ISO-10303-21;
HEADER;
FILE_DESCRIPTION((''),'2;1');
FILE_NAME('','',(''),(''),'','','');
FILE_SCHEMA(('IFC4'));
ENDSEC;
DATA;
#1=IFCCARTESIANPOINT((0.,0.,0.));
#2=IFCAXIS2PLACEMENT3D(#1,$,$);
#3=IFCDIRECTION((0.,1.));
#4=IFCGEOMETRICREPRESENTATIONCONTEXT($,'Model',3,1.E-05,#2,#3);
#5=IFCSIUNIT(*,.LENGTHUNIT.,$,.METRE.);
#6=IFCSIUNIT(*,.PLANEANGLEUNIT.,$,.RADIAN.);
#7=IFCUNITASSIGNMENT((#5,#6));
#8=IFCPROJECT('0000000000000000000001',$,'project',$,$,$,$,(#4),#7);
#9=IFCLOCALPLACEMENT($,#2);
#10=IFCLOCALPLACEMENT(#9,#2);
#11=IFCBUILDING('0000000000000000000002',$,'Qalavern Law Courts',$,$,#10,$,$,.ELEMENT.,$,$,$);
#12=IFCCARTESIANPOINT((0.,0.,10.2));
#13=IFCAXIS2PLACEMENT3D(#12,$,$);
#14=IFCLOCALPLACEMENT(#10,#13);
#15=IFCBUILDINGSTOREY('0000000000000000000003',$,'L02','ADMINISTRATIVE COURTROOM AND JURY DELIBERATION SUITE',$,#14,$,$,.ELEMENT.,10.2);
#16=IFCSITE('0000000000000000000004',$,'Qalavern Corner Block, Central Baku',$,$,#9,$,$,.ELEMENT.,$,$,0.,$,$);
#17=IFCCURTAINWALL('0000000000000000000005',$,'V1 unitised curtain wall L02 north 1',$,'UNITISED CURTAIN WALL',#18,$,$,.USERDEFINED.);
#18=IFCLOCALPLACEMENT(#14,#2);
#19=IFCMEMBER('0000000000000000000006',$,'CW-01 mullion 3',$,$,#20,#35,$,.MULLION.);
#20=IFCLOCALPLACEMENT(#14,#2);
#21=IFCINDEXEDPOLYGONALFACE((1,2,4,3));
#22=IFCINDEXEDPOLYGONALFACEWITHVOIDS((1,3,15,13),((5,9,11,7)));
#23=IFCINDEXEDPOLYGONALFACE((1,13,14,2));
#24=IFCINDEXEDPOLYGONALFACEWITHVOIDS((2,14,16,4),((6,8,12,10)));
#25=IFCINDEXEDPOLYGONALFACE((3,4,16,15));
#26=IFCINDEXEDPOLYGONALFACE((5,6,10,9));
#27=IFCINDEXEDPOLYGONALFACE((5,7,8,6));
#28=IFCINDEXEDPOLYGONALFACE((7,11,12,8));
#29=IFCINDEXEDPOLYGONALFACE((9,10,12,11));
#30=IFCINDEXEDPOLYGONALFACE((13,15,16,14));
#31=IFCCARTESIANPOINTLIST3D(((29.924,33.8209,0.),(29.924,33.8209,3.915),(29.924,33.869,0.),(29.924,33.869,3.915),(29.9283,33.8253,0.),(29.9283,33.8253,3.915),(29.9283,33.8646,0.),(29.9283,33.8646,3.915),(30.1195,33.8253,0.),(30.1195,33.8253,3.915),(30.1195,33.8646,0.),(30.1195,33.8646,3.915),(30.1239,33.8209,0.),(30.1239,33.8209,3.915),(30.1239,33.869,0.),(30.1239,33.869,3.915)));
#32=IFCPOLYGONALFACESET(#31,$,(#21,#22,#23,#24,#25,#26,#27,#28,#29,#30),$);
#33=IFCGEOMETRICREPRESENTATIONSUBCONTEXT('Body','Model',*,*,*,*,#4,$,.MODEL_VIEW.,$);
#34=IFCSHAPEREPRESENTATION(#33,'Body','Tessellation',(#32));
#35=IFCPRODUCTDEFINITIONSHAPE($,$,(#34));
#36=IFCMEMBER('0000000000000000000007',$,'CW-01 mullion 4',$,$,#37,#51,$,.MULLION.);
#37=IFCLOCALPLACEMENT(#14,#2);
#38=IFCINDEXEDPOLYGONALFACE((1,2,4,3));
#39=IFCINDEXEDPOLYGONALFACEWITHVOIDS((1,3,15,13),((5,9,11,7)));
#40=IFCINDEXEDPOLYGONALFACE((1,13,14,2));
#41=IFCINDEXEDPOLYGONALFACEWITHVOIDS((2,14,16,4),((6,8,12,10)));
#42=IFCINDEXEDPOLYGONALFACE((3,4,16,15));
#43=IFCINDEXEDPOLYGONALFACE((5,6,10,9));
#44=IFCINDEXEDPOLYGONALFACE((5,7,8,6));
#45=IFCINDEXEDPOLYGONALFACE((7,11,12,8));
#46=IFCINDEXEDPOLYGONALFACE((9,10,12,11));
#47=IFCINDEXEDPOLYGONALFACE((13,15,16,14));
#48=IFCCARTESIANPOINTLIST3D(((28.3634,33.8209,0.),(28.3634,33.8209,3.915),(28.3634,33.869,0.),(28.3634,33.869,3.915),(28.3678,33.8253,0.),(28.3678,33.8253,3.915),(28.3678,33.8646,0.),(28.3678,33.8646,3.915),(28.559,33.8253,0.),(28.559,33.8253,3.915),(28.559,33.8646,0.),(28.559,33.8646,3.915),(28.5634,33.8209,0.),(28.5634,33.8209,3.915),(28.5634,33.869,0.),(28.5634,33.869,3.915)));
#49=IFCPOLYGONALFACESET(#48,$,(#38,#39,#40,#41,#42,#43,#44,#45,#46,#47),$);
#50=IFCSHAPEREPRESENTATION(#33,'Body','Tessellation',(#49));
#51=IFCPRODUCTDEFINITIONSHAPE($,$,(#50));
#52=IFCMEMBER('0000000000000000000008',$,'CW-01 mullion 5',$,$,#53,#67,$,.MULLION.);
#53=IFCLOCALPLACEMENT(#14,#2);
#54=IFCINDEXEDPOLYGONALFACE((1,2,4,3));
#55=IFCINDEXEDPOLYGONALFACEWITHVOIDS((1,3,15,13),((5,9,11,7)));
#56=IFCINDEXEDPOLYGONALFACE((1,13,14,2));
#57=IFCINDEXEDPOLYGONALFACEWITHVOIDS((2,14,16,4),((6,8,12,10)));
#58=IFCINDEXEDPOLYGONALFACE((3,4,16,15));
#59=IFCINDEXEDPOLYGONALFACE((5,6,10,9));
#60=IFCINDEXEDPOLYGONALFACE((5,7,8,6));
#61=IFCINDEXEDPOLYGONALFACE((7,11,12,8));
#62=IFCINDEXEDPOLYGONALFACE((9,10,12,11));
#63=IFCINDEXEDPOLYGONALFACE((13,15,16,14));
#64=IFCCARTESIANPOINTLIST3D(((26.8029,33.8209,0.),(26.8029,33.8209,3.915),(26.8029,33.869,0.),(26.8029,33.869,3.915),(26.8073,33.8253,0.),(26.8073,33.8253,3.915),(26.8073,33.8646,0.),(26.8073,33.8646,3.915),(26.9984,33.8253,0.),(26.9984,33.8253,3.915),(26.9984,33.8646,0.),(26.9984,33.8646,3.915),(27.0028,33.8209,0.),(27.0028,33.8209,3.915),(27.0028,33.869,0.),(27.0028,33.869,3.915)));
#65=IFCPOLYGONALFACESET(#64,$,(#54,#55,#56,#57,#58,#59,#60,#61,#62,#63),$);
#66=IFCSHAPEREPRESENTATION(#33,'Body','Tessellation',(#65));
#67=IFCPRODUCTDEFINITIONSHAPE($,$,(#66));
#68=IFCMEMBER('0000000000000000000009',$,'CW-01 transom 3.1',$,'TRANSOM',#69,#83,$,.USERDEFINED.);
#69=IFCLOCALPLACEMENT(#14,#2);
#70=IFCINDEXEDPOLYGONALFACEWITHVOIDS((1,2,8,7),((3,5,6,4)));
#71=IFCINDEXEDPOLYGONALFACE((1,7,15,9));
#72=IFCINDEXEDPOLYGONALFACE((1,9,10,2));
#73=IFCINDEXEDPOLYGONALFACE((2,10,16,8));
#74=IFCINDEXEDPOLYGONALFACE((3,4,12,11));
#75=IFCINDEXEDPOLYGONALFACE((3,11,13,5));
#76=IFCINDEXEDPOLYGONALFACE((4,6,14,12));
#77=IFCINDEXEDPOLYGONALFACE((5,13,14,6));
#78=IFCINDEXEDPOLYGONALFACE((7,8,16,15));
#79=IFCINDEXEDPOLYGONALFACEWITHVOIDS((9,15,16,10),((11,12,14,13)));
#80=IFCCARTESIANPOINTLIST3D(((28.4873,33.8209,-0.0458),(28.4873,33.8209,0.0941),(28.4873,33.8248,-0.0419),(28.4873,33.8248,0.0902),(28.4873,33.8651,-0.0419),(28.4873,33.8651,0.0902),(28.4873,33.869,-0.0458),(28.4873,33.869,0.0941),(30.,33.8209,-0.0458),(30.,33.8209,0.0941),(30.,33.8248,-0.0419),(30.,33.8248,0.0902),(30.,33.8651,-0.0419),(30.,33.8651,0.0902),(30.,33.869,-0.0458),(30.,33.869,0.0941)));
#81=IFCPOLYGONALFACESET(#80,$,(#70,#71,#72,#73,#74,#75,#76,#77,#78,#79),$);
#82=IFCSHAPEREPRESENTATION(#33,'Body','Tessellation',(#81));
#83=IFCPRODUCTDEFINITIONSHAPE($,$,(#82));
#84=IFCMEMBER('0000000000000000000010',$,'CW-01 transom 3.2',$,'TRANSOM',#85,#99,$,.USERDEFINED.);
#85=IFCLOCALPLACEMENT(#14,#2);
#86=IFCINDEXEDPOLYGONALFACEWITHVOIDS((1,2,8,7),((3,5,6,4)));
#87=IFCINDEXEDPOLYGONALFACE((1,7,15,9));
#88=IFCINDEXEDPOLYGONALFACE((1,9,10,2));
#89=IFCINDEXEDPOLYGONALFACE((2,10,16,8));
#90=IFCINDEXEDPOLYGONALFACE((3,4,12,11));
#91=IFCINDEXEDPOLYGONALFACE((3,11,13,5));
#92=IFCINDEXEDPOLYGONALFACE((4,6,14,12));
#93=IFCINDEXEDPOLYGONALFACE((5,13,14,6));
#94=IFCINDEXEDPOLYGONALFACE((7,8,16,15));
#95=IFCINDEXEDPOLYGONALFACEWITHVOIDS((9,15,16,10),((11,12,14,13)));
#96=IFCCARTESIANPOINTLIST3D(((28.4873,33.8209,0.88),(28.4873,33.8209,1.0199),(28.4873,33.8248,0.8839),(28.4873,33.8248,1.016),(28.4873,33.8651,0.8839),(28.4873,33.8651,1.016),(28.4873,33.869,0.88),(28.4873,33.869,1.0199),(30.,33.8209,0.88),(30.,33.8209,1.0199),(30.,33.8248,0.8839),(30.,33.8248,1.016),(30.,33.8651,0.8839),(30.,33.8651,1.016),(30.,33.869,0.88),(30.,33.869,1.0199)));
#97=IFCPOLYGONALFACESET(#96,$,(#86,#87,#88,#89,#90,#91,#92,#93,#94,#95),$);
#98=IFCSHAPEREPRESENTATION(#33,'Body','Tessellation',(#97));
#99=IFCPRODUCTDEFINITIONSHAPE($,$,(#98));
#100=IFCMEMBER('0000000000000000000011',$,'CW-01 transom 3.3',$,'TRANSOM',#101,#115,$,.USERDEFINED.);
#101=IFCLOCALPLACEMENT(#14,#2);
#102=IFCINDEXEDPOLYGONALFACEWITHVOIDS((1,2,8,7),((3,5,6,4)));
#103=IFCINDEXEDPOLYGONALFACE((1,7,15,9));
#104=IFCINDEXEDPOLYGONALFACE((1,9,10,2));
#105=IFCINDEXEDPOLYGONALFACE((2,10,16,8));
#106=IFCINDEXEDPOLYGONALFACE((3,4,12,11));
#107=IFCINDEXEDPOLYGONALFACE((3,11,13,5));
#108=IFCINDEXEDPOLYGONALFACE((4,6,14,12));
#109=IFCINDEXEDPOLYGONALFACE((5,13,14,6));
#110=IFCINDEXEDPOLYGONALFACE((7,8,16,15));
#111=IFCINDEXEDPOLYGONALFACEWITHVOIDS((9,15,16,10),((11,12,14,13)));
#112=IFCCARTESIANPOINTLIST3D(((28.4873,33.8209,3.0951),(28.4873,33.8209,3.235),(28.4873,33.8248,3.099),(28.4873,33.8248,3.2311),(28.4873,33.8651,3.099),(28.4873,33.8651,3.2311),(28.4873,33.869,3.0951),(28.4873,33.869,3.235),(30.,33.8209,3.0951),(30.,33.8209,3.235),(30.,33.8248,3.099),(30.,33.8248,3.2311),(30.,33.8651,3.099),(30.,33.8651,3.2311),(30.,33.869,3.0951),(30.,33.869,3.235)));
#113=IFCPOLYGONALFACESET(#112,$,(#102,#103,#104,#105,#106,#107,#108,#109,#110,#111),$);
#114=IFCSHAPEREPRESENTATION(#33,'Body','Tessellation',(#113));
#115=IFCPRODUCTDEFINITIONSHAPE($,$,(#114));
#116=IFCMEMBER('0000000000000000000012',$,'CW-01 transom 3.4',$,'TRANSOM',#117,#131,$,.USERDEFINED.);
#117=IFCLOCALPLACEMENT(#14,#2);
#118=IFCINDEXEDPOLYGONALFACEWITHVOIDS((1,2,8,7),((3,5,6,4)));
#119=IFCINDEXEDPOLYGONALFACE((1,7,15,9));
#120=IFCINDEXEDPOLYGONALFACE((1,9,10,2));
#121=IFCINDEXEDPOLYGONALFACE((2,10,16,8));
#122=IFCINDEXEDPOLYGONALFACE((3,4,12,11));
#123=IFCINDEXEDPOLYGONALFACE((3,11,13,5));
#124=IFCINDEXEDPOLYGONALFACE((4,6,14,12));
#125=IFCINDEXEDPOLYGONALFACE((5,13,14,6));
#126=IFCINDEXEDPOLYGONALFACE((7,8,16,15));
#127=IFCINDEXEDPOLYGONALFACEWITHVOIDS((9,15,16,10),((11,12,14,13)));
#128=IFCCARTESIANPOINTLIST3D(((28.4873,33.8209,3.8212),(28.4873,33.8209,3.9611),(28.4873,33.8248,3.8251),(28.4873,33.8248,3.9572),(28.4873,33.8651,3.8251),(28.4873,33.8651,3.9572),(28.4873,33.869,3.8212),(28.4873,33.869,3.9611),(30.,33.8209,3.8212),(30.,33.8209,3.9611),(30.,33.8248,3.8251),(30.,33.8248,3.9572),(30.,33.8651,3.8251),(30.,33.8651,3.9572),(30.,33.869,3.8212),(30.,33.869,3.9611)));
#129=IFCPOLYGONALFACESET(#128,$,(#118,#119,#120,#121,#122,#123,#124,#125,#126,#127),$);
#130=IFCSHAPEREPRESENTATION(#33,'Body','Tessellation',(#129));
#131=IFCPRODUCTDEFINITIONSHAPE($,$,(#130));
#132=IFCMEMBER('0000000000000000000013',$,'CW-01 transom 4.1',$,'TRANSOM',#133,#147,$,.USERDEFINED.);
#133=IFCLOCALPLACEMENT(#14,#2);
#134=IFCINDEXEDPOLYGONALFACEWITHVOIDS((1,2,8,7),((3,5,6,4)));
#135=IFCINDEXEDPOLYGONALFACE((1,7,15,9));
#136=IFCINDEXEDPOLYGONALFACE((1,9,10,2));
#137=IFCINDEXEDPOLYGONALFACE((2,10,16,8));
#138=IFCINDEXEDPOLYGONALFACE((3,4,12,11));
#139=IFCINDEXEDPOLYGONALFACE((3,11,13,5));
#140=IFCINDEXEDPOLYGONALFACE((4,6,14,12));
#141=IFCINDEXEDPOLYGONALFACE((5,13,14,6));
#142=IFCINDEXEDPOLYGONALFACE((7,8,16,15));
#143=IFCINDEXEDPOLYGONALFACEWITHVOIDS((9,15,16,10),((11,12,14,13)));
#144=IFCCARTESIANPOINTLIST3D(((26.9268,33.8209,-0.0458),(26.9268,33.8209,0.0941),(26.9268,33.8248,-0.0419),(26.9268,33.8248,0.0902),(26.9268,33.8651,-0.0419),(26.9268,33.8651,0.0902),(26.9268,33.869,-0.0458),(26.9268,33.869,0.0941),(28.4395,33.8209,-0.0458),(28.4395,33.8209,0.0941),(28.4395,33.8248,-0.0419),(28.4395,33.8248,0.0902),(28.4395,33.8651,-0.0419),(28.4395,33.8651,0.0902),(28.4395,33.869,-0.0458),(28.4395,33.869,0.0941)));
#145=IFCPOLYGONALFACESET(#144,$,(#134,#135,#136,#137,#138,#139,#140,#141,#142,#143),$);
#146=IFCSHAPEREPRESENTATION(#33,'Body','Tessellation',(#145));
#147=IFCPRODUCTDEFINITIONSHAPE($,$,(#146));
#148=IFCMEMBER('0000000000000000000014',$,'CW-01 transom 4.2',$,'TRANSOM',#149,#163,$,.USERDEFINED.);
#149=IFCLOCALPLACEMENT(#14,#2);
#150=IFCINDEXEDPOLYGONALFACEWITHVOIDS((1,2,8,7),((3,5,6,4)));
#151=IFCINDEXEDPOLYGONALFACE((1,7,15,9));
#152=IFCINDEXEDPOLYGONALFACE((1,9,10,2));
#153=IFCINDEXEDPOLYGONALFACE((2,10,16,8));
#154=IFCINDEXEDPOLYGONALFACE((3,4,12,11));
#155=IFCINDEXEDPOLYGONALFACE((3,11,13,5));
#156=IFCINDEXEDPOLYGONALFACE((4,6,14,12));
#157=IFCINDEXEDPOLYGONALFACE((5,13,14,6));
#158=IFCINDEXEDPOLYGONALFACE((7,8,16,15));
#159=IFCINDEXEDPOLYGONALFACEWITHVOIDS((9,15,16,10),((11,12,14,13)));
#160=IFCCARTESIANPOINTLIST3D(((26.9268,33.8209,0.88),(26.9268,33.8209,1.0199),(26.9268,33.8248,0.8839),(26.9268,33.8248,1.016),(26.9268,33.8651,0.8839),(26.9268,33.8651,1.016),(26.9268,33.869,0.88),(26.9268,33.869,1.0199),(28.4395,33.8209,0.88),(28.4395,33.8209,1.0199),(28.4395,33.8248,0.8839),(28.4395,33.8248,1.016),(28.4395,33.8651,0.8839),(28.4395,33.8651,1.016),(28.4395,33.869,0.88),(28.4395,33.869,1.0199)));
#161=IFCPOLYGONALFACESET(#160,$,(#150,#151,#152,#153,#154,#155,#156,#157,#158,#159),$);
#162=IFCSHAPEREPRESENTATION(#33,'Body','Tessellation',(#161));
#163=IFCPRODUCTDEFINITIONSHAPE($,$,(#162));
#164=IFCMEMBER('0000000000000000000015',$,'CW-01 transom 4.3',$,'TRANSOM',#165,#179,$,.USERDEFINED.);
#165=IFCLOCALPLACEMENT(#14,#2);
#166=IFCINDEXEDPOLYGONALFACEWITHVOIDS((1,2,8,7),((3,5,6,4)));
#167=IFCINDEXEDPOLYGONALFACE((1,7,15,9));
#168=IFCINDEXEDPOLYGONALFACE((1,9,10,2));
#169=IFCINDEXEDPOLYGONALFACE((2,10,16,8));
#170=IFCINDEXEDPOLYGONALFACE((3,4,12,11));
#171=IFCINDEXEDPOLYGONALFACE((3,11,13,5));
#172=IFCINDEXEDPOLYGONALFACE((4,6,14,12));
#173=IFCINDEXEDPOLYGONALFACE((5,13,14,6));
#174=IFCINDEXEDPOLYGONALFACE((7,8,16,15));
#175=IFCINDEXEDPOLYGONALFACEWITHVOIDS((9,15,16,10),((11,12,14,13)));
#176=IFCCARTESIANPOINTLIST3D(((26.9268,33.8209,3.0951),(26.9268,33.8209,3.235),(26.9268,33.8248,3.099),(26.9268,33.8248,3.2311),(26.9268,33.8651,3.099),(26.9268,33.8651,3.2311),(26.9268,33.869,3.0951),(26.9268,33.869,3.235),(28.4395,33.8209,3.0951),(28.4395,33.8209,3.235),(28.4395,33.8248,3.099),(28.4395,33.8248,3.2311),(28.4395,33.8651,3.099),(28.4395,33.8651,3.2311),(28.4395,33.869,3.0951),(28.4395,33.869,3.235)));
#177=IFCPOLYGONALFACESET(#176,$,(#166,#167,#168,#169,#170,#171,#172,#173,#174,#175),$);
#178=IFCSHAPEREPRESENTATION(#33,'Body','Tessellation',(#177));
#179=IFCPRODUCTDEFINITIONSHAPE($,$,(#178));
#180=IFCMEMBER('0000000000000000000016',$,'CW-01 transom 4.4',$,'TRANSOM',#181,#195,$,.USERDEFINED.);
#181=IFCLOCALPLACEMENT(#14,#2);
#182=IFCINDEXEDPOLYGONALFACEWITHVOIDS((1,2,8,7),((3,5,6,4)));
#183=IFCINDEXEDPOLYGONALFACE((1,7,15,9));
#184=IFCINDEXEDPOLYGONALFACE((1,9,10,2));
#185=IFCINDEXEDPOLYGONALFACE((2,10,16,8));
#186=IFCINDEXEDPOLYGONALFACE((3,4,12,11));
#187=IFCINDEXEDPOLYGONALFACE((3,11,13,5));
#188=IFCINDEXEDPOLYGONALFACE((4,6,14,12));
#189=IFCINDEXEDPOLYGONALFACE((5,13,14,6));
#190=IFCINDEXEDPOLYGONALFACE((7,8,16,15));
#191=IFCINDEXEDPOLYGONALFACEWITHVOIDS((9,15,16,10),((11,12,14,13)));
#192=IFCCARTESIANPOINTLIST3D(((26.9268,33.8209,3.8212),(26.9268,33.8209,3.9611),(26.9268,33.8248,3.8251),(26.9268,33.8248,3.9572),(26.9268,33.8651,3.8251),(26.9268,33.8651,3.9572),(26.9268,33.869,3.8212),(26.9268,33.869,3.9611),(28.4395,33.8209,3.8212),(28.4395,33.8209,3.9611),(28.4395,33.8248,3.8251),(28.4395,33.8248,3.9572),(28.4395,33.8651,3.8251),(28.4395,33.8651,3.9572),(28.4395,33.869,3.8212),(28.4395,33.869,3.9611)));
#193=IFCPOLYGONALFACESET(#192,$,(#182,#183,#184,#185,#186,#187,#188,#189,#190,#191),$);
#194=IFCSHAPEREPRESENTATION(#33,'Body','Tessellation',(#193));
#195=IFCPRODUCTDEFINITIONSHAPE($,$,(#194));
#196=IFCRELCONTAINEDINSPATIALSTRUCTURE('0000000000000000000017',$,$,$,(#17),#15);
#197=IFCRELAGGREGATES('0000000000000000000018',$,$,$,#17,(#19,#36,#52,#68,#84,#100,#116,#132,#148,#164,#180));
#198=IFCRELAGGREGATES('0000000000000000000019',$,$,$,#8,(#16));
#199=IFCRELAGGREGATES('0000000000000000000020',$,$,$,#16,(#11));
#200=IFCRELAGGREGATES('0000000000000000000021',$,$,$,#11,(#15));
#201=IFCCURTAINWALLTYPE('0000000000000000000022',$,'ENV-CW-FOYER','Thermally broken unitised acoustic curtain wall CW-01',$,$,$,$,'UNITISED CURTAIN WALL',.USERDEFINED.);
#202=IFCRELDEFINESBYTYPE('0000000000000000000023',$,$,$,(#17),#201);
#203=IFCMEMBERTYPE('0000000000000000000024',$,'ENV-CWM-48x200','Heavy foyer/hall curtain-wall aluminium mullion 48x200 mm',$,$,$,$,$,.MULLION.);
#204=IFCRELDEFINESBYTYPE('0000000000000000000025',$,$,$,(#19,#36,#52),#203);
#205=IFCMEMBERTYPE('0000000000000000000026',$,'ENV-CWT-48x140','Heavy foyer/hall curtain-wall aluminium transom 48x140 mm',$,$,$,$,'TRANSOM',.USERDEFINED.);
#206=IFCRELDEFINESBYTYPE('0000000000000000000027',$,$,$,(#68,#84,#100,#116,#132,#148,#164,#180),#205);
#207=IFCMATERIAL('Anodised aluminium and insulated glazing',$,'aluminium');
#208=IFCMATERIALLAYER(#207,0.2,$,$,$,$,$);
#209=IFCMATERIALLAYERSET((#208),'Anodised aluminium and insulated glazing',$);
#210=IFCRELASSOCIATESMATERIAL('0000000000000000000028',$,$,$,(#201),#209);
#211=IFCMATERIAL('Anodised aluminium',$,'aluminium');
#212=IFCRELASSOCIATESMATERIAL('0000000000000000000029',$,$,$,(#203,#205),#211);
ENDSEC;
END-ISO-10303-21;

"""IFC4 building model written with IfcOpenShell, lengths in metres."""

from ifc_helpers import new_model, si_unit, direction, frame, origin, origin_2d, place, context, subcontext, project, spatial, hollow_rectangle, extrude, material, layer, layer_set, material_profile, profile_set, type_object, element, aggregate, save


model = new_model("IFC4")

# Units and contexts
model_context = context("Model", 3, precision=1e-05, world=origin(), true_north=direction((0.0, 1.0)))
body_context = subcontext(model_context, "Body", "Model", "MODEL_VIEW")
ifc_project = project(units=[si_unit("LENGTHUNIT", "METRE"), si_unit("PLANEANGLEUNIT", "RADIAN")], contexts=[model_context])

# Site, building, storey
site_placement = place(None, origin())
site = spatial("IfcSite", under=ifc_project, at=site_placement, Name="Qalavern Corner Block, Central Baku", CompositionType="ELEMENT", RefElevation=0.0)
building_placement = place(site_placement, origin())
building = spatial("IfcBuilding", under=site, at=building_placement, Name="Qalavern Law Courts", CompositionType="ELEMENT")
storey_placement = place(building_placement, frame((0.0, 0.0, 10.2)))
storey = spatial("IfcBuildingStorey", under=building, at=storey_placement, Name="L02", Description="ADMINISTRATIVE COURTROOM AND JURY DELIBERATION SUITE", CompositionType="ELEMENT", Elevation=10.2)

# Curtain wall, members
ifc_material_1 = material(Name="Anodised aluminium and insulated glazing", Category="aluminium")
ifc_layer_1 = layer(ifc_material_1, 0.2)
ifc_layer_set_1 = layer_set([ifc_layer_1], Name="Anodised aluminium and insulated glazing")
curtain_wall_type = type_object("IfcCurtainWallType", Name="ENV-CW-FOYER", Description="Thermally broken unitised acoustic curtain wall CW-01", ElementType="UNITISED CURTAIN WALL", PredefinedType="USERDEFINED", material=ifc_layer_set_1)
curtain_wall_placement = place(storey_placement, origin())
curtain_wall = element("IfcCurtainWall", 1, at=curtain_wall_placement, inside=storey, type_object=curtain_wall_type, Name="V1 unitised curtain wall L02 north 1", ObjectType="UNITISED CURTAIN WALL", PredefinedType="USERDEFINED")
ifc_material_2 = material(Name="Anodised aluminium", Category="aluminium")
ifc_material_profile_1 = material_profile(ifc_material_2, hollow_rectangle(XDim=0.0481, YDim=0.2, WallThickness=0.0044, at=origin_2d()), Name="ALU MULLION 48x200")
ifc_profile_set_1 = profile_set([ifc_material_profile_1], Name="Anodised aluminium")
member_type_1 = type_object("IfcMemberType", Name="ENV-CWM-48x200", Description="Heavy foyer/hall curtain-wall aluminium mullion 48x200 mm", PredefinedType="MULLION", material=ifc_profile_set_1)
member_1_placement = place(storey_placement, frame((30.0239, 33.845, 0.0), z_axis=(0.0, 0.0, 1.0), x_axis=(0.0, -1.0, 0.0)))
member_1 = element("IfcMember", 2, at=member_1_placement, type_object=member_type_1, Name="CW-01 mullion 3", PredefinedType="MULLION", context=body_context, shape_type="SweptSolid", body=[
    extrude(hollow_rectangle(XDim=0.0481, YDim=0.2, WallThickness=0.0044, at=origin_2d()), origin(), (0.0, 0.0, 1.0), 3.915),
])
member_2_placement = place(storey_placement, frame((28.4634, 33.845, 0.0), z_axis=(0.0, 0.0, 1.0), x_axis=(0.0, -1.0, 0.0)))
member_2 = element("IfcMember", 3, at=member_2_placement, type_object=member_type_1, Name="CW-01 mullion 4", PredefinedType="MULLION", context=body_context, shape_type="SweptSolid", body=[
    extrude(hollow_rectangle(XDim=0.0481, YDim=0.2, WallThickness=0.0044, at=origin_2d()), origin(), (0.0, 0.0, 1.0), 3.915),
])
member_3_placement = place(storey_placement, frame((26.9028, 33.845, 0.0), z_axis=(0.0, 0.0, 1.0), x_axis=(0.0, -1.0, 0.0)))
member_3 = element("IfcMember", 4, at=member_3_placement, type_object=member_type_1, Name="CW-01 mullion 5", PredefinedType="MULLION", context=body_context, shape_type="SweptSolid", body=[
    extrude(hollow_rectangle(XDim=0.0481, YDim=0.2, WallThickness=0.0044, at=origin_2d()), origin(), (0.0, 0.0, 1.0), 3.915),
])
ifc_material_profile_2 = material_profile(ifc_material_2, hollow_rectangle(XDim=0.0481, YDim=0.1399, WallThickness=0.0039, at=origin_2d()), Name="ALU TRANSOM 48x140")
ifc_profile_set_2 = profile_set([ifc_material_profile_2], Name="Anodised aluminium")
member_type_2 = type_object("IfcMemberType", Name="ENV-CWT-48x140", Description="Heavy foyer/hall curtain-wall aluminium transom 48x140 mm", ElementType="TRANSOM", PredefinedType="USERDEFINED", material=ifc_profile_set_2)
member_4_placement = place(storey_placement, frame((30.0, 33.845, 0.0242), z_axis=(-1.0, 0.0, 0.0), x_axis=(0.0, -1.0, 0.0)))
member_4 = element("IfcMember", 5, at=member_4_placement, type_object=member_type_2, Name="CW-01 transom 3.1", ObjectType="TRANSOM", PredefinedType="USERDEFINED", context=body_context, shape_type="SweptSolid", body=[
    extrude(hollow_rectangle(XDim=0.0481, YDim=0.1399, WallThickness=0.0039, at=origin_2d()), origin(), (0.0, 0.0, 1.0), 1.5127),
])
member_5_placement = place(storey_placement, frame((30.0, 33.845, 0.95), z_axis=(-1.0, 0.0, 0.0), x_axis=(0.0, -1.0, 0.0)))
member_5 = element("IfcMember", 6, at=member_5_placement, type_object=member_type_2, Name="CW-01 transom 3.2", ObjectType="TRANSOM", PredefinedType="USERDEFINED", context=body_context, shape_type="SweptSolid", body=[
    extrude(hollow_rectangle(XDim=0.0481, YDim=0.1399, WallThickness=0.0039, at=origin_2d()), origin(), (0.0, 0.0, 1.0), 1.5127),
])
member_6_placement = place(storey_placement, frame((30.0, 33.845, 3.165), z_axis=(-1.0, 0.0, 0.0), x_axis=(0.0, -1.0, 0.0)))
member_6 = element("IfcMember", 7, at=member_6_placement, type_object=member_type_2, Name="CW-01 transom 3.3", ObjectType="TRANSOM", PredefinedType="USERDEFINED", context=body_context, shape_type="SweptSolid", body=[
    extrude(hollow_rectangle(XDim=0.0481, YDim=0.1399, WallThickness=0.0039, at=origin_2d()), origin(), (0.0, 0.0, 1.0), 1.5127),
])
member_7_placement = place(storey_placement, frame((30.0, 33.845, 3.8911), z_axis=(-1.0, 0.0, 0.0), x_axis=(0.0, -1.0, 0.0)))
member_7 = element("IfcMember", 8, at=member_7_placement, type_object=member_type_2, Name="CW-01 transom 3.4", ObjectType="TRANSOM", PredefinedType="USERDEFINED", context=body_context, shape_type="SweptSolid", body=[
    extrude(hollow_rectangle(XDim=0.0481, YDim=0.1399, WallThickness=0.0039, at=origin_2d()), origin(), (0.0, 0.0, 1.0), 1.5127),
])
member_8_placement = place(storey_placement, frame((28.4395, 33.845, 0.0242), z_axis=(-1.0, 0.0, 0.0), x_axis=(0.0, -1.0, 0.0)))
member_8 = element("IfcMember", 9, at=member_8_placement, type_object=member_type_2, Name="CW-01 transom 4.1", ObjectType="TRANSOM", PredefinedType="USERDEFINED", context=body_context, shape_type="SweptSolid", body=[
    extrude(hollow_rectangle(XDim=0.0481, YDim=0.1399, WallThickness=0.0039, at=origin_2d()), origin(), (0.0, 0.0, 1.0), 1.5127),
])
member_9_placement = place(storey_placement, frame((28.4395, 33.845, 0.95), z_axis=(-1.0, 0.0, 0.0), x_axis=(0.0, -1.0, 0.0)))
member_9 = element("IfcMember", 10, at=member_9_placement, type_object=member_type_2, Name="CW-01 transom 4.2", ObjectType="TRANSOM", PredefinedType="USERDEFINED", context=body_context, shape_type="SweptSolid", body=[
    extrude(hollow_rectangle(XDim=0.0481, YDim=0.1399, WallThickness=0.0039, at=origin_2d()), origin(), (0.0, 0.0, 1.0), 1.5127),
])
member_10_placement = place(storey_placement, frame((28.4395, 33.845, 3.165), z_axis=(-1.0, 0.0, 0.0), x_axis=(0.0, -1.0, 0.0)))
member_10 = element("IfcMember", 11, at=member_10_placement, type_object=member_type_2, Name="CW-01 transom 4.3", ObjectType="TRANSOM", PredefinedType="USERDEFINED", context=body_context, shape_type="SweptSolid", body=[
    extrude(hollow_rectangle(XDim=0.0481, YDim=0.1399, WallThickness=0.0039, at=origin_2d()), origin(), (0.0, 0.0, 1.0), 1.5127),
])
member_11_placement = place(storey_placement, frame((28.4395, 33.845, 3.8911), z_axis=(-1.0, 0.0, 0.0), x_axis=(0.0, -1.0, 0.0)))
member_11 = element("IfcMember", 12, at=member_11_placement, type_object=member_type_2, Name="CW-01 transom 4.4", ObjectType="TRANSOM", PredefinedType="USERDEFINED", context=body_context, shape_type="SweptSolid", body=[
    extrude(hollow_rectangle(XDim=0.0481, YDim=0.1399, WallThickness=0.0039, at=origin_2d()), origin(), (0.0, 0.0, 1.0), 1.5127),
])

aggregate(curtain_wall, [member_1, member_2, member_3, member_4, member_5, member_6, member_7, member_8, member_9, member_10, member_11])

save(model, "model.ifc")
